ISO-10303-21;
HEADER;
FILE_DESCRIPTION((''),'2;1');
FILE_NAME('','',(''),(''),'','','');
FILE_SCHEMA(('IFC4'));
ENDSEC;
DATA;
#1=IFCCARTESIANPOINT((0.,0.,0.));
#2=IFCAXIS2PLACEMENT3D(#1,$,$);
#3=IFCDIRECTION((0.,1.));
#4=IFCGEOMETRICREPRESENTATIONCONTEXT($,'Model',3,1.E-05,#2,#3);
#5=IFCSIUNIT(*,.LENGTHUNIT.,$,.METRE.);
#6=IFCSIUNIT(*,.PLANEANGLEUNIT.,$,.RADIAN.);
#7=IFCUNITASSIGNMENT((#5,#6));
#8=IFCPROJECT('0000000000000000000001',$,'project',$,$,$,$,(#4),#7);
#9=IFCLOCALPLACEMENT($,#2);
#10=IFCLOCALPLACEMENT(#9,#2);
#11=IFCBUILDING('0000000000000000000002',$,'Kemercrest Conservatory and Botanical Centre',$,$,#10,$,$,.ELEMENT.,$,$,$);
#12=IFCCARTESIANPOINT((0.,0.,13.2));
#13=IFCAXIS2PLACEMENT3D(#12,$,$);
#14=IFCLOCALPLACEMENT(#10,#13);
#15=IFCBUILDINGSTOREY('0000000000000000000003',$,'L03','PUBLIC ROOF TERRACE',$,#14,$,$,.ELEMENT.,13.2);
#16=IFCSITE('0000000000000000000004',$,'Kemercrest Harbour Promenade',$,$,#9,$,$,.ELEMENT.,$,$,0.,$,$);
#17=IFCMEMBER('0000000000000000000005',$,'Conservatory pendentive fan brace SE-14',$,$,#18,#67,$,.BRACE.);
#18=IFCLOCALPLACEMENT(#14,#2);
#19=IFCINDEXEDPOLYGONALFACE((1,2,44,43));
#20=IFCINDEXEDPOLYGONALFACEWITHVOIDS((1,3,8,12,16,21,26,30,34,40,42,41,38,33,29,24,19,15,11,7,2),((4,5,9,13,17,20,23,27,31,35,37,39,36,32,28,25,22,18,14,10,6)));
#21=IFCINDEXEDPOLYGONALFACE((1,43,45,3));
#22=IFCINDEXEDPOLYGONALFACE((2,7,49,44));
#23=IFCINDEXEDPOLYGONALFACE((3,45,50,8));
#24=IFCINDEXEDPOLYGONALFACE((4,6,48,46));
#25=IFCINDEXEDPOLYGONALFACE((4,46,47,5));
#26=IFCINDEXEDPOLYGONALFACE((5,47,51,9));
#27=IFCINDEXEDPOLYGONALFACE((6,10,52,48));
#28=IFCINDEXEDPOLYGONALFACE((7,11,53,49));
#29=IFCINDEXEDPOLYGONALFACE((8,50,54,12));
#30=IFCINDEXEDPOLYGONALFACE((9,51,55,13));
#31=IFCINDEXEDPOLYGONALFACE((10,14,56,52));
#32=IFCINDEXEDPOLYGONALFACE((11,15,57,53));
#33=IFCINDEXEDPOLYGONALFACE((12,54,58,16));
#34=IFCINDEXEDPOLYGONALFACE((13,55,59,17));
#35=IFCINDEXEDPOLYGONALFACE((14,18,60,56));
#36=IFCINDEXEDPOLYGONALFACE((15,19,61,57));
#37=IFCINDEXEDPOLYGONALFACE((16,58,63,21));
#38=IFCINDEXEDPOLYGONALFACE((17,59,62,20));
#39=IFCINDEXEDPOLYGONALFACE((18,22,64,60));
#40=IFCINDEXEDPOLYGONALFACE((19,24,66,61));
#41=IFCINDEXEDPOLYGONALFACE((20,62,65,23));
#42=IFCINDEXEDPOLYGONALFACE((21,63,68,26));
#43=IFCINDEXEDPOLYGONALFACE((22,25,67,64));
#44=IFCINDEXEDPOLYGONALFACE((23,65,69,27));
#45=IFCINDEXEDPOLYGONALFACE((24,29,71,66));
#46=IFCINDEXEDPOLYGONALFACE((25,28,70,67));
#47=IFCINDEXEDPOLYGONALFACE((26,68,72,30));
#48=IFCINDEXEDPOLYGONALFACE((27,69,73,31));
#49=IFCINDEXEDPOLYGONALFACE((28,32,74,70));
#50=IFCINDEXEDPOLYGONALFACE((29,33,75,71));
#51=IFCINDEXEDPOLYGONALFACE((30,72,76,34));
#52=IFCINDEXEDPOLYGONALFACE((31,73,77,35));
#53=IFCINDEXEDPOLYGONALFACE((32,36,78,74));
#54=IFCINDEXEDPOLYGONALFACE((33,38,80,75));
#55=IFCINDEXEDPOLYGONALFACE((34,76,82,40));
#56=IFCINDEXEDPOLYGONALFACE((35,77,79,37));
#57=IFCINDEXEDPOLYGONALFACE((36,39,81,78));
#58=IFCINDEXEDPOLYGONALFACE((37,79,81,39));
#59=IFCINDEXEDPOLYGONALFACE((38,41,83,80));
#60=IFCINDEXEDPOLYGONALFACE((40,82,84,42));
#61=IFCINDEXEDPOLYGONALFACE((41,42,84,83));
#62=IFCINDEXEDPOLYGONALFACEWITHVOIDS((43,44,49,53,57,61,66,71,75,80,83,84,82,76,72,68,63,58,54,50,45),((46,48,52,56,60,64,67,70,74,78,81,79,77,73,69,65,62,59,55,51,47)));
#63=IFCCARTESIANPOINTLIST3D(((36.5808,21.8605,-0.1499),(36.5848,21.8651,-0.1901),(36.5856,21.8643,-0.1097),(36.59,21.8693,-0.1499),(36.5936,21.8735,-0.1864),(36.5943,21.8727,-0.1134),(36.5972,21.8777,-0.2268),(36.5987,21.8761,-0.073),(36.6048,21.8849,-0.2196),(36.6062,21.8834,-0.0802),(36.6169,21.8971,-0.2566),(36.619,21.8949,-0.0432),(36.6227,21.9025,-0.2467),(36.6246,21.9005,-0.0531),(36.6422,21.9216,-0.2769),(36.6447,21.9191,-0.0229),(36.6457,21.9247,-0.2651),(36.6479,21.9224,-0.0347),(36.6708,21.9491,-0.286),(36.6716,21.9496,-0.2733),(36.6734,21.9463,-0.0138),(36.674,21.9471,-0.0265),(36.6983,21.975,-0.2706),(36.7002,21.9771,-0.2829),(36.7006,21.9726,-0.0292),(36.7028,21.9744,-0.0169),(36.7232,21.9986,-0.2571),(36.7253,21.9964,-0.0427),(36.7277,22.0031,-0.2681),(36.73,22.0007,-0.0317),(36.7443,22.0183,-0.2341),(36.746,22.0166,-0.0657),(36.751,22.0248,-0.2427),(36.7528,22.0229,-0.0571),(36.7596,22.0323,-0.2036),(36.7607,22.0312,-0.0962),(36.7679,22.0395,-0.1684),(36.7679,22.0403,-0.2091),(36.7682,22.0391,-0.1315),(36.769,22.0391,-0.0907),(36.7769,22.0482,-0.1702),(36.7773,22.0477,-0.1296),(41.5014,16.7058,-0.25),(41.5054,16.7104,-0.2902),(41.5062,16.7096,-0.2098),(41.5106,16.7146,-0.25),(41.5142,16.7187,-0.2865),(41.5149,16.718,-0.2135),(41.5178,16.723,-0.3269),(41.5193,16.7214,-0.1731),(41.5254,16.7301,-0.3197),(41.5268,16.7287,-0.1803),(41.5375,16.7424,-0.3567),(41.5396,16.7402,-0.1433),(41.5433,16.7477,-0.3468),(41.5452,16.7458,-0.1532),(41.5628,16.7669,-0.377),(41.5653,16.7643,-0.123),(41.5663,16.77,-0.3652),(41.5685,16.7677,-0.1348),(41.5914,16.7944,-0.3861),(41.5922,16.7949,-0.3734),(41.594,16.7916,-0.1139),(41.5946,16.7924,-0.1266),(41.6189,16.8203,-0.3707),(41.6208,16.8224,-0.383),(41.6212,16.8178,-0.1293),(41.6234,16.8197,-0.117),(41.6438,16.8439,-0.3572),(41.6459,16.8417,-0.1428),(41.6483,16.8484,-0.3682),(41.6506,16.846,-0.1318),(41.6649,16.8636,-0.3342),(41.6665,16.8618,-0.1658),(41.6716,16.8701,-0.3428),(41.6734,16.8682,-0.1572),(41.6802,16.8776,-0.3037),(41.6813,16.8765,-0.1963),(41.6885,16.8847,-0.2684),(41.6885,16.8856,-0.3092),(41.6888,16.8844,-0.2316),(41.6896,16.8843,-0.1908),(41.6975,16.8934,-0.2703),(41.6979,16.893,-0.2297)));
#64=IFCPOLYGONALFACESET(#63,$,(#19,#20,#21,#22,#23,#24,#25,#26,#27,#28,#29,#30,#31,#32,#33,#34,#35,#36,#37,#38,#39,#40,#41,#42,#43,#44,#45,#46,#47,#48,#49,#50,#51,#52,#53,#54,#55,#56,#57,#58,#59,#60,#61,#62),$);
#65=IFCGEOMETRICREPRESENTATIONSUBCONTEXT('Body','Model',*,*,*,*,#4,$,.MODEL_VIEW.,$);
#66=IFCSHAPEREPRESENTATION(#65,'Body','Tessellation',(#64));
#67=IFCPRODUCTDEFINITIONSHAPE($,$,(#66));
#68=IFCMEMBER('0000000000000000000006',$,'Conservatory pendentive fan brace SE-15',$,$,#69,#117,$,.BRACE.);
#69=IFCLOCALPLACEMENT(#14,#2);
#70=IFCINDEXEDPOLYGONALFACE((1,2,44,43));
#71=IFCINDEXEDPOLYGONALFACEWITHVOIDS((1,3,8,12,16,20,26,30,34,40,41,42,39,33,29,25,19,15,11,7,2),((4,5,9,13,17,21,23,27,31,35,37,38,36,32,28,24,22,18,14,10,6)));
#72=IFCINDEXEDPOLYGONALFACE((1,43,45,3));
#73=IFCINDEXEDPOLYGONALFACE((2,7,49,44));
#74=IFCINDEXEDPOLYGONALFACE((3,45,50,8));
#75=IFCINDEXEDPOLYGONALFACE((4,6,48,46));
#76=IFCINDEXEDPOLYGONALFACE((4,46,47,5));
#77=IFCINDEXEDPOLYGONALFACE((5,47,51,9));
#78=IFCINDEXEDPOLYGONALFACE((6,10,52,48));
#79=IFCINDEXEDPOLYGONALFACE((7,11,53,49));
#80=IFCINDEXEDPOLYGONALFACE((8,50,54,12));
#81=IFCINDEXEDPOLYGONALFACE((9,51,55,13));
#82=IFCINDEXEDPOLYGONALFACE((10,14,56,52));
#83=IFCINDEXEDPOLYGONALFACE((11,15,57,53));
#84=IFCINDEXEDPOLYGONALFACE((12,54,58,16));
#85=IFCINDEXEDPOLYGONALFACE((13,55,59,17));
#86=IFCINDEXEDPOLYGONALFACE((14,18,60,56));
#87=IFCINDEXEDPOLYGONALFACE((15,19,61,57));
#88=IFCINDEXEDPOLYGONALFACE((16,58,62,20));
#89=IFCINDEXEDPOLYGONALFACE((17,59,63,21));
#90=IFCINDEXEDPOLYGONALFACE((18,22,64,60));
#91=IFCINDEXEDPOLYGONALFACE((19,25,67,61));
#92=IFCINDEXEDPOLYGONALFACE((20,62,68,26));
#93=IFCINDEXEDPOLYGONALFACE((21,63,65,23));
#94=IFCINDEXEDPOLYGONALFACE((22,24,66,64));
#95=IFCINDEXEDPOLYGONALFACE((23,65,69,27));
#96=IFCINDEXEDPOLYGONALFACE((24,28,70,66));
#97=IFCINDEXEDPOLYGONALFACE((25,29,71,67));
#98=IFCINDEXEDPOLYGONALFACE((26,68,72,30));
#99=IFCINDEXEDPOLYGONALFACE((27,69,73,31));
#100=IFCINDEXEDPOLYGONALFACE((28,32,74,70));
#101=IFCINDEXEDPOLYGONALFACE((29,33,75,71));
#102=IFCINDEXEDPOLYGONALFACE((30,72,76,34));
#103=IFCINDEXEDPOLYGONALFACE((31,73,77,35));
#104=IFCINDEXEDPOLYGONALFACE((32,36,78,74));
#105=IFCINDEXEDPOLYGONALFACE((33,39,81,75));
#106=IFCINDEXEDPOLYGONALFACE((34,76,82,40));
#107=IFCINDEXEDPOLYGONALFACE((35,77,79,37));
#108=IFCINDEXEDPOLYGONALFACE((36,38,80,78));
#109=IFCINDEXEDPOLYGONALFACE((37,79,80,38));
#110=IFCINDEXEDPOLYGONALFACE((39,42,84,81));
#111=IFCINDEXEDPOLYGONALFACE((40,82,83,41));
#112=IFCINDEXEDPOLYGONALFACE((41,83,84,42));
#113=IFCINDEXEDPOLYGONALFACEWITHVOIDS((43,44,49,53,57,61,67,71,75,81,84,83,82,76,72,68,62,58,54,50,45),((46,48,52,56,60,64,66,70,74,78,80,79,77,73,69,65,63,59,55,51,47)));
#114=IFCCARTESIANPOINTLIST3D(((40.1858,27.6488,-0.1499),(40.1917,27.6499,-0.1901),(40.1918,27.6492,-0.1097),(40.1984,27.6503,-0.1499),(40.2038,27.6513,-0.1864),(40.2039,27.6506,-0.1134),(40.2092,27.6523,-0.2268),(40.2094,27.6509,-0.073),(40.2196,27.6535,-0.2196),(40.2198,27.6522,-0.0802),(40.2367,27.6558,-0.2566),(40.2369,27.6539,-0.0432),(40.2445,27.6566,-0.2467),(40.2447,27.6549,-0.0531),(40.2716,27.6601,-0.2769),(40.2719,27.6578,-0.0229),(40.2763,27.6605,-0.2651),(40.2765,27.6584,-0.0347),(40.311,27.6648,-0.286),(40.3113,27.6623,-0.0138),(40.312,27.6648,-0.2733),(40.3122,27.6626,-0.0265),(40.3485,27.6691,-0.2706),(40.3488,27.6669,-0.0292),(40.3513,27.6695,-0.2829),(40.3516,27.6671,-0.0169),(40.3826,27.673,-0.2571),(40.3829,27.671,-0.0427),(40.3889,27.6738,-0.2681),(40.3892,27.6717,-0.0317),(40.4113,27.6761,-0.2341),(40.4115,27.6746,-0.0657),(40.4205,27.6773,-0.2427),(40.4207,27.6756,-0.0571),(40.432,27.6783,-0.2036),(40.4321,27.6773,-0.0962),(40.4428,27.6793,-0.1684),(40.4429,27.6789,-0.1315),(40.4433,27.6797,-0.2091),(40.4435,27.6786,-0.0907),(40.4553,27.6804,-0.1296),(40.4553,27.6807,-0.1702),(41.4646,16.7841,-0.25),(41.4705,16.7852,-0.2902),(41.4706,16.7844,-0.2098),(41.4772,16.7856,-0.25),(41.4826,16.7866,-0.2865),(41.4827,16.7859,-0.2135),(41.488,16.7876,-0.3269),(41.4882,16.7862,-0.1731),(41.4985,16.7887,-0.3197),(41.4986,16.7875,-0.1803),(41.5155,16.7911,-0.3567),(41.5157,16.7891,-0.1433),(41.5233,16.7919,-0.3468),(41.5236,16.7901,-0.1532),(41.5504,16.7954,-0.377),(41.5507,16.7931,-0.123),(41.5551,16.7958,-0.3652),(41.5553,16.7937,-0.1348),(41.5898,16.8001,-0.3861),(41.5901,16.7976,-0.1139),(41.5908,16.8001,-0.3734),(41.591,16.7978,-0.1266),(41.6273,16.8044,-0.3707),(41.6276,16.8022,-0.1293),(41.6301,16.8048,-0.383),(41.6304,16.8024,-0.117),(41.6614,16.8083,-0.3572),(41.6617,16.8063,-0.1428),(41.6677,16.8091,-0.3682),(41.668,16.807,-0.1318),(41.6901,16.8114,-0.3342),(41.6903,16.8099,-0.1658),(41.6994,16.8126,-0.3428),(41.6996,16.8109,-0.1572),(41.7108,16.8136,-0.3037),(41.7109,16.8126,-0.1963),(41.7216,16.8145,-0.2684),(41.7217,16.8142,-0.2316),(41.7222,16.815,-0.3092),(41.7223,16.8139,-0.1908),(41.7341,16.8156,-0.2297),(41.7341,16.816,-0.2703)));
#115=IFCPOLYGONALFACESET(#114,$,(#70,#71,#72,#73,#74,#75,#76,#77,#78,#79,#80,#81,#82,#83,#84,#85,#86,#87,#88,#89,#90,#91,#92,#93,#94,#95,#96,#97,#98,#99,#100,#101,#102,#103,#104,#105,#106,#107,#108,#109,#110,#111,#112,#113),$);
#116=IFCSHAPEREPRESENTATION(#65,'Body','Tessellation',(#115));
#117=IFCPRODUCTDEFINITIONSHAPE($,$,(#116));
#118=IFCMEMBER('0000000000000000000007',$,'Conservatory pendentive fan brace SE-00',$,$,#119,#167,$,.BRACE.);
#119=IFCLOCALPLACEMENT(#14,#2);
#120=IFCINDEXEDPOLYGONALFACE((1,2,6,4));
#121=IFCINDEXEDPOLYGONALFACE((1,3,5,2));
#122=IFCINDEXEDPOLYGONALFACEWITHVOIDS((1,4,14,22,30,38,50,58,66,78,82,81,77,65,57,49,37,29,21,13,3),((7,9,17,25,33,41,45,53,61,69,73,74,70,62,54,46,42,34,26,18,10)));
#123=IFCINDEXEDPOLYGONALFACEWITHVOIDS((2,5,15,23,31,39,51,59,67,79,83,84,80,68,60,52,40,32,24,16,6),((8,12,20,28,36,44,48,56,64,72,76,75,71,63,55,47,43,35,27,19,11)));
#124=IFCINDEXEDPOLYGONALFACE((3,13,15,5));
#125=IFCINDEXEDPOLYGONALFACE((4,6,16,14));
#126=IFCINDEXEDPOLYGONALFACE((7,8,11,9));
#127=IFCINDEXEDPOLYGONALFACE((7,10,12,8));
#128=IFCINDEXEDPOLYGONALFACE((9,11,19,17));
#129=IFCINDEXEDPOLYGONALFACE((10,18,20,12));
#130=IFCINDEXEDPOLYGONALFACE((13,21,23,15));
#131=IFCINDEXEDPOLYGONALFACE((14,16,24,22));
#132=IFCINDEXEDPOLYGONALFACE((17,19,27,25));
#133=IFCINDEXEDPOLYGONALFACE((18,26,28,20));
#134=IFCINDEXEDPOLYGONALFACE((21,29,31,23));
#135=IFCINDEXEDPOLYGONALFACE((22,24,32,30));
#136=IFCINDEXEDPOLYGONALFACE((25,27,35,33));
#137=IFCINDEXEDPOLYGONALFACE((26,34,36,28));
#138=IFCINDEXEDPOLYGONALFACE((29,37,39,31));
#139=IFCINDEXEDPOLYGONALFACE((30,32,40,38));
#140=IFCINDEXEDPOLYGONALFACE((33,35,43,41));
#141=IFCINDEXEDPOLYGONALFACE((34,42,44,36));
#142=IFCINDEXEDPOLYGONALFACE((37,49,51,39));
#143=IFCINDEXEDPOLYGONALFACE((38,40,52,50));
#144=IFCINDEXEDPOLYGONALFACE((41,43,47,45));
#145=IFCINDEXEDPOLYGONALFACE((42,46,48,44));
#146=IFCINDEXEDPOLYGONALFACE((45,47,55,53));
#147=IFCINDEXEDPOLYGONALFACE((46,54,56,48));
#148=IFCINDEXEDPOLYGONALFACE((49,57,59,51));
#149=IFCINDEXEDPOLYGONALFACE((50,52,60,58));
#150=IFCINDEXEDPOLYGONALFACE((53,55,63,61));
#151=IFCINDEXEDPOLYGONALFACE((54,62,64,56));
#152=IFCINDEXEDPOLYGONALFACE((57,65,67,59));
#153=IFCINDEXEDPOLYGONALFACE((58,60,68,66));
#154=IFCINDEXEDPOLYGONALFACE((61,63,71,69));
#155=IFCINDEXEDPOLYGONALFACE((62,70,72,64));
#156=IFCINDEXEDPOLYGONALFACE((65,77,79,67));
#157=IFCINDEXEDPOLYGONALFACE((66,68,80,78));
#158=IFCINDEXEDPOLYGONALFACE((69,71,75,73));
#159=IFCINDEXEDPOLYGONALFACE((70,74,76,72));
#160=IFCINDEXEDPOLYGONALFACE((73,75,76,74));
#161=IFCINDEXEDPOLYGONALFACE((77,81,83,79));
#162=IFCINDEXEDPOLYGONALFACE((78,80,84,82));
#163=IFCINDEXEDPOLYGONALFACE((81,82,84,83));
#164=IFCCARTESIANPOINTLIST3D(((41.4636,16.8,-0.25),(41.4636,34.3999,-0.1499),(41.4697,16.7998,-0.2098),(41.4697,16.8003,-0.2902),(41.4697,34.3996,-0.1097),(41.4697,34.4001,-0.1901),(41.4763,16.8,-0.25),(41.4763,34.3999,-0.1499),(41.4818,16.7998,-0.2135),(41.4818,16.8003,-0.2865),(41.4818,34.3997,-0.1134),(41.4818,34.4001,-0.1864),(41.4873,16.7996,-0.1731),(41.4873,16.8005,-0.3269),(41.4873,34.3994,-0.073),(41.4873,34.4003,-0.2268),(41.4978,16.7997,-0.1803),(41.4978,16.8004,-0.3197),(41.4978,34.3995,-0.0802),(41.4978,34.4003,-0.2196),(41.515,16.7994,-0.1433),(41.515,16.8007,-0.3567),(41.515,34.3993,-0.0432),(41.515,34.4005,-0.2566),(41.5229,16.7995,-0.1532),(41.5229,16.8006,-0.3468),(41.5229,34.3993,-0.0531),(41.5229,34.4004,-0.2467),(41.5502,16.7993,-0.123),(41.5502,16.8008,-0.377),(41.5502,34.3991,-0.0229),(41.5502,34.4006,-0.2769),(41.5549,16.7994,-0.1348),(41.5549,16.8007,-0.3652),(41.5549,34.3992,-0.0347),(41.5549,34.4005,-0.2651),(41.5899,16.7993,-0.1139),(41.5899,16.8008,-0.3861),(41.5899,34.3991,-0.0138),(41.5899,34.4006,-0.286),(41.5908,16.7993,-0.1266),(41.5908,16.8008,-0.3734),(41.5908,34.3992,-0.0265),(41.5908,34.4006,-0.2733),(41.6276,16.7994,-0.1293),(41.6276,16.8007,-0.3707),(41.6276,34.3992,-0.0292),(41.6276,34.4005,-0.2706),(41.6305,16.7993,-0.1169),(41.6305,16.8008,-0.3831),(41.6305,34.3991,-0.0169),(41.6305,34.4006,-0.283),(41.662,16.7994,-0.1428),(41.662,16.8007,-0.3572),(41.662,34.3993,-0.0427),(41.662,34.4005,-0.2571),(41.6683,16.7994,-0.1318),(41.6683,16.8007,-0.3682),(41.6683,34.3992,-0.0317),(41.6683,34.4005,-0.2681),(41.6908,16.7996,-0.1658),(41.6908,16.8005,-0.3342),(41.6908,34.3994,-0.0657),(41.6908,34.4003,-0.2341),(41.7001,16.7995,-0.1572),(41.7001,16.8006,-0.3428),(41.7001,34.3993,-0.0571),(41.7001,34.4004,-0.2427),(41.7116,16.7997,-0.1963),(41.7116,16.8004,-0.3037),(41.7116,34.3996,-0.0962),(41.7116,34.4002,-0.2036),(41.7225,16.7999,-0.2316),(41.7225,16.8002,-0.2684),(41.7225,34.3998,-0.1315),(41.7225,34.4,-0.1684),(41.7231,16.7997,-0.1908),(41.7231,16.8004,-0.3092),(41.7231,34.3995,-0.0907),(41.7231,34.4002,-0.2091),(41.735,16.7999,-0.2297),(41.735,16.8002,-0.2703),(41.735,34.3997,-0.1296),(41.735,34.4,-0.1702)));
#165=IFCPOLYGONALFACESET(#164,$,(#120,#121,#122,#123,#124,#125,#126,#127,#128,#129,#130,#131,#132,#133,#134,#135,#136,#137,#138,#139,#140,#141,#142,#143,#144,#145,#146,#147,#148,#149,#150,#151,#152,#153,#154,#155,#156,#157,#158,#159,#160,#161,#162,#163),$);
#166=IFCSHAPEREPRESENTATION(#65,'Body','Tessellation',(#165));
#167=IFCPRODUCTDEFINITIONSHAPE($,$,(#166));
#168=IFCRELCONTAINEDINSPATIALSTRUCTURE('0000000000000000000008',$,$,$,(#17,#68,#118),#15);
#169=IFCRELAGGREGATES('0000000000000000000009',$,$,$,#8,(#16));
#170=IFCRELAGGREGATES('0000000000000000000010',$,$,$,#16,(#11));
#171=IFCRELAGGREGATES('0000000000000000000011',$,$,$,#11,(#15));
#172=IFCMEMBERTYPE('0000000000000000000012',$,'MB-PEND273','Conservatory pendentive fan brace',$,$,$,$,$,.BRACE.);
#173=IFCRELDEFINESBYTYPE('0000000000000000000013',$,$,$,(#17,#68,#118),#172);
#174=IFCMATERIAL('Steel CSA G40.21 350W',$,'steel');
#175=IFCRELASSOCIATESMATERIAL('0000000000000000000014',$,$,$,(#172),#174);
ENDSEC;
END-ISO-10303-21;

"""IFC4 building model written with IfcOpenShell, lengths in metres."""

from ifc_helpers import new_model, si_unit, direction, frame, origin, origin_2d, place, context, subcontext, project, spatial, hollow_circle, extrude, material, material_profile, profile_set, type_object, element, save


model = new_model("IFC4")

# Units and contexts
model_context = context("Model", 3, precision=1e-05, world=origin(), true_north=direction((0.0, 1.0)))
body_context = subcontext(model_context, "Body", "Model", "MODEL_VIEW")
ifc_project = project(units=[si_unit("LENGTHUNIT", "METRE"), si_unit("PLANEANGLEUNIT", "RADIAN")], contexts=[model_context])

# Site, building, storey
site_placement = place(None, origin())
site = spatial("IfcSite", under=ifc_project, at=site_placement, Name="Kemercrest Harbour Promenade", CompositionType="ELEMENT", RefElevation=0.0)
building_placement = place(site_placement, origin())
building = spatial("IfcBuilding", under=site, at=building_placement, Name="Kemercrest Conservatory and Botanical Centre", CompositionType="ELEMENT")
storey_placement = place(building_placement, frame((0.0, 0.0, 13.2)))
storey = spatial("IfcBuildingStorey", under=building, at=storey_placement, Name="L03", Description="PUBLIC ROOF TERRACE", CompositionType="ELEMENT", Elevation=13.2)

# Shared definitions
ifc_material_1 = material(Name="Steel CSA G40.21 350W", Category="steel")

# Members
ifc_material_profile_1 = material_profile(ifc_material_1, hollow_circle(Radius=0.1365, WallThickness=0.0127, at=origin_2d()), Name="CHS 273.1x12.7")
ifc_profile_set_1 = profile_set([ifc_material_profile_1], Name="Steel CSA G40.21 350W")
member_type_1 = type_object("IfcMemberType", Name="MB-PEND273", Description="Conservatory pendentive fan brace", PredefinedType="BRACE", material=ifc_profile_set_1)
member_1_placement = place(storey_placement, frame((41.6001, 16.8, -0.25), z_axis=(-0.690421, 0.723272, 0.014045), x_axis=(-0.723343, -0.690489, 0.0)))
element("IfcMember", 1, at=member_1_placement, inside=storey, type_object=member_type_1, Name="Conservatory pendentive fan brace SE-14", PredefinedType="BRACE", context=body_context, shape_type="SweptSolid", body=[
    extrude(hollow_circle(Radius=0.1365, WallThickness=0.0127, at=origin_2d()), origin(), (0.0, 0.0, 1.0), 7.127),
])
member_2_placement = place(storey_placement, frame((41.6001, 16.8, -0.25), z_axis=(-0.116891, 0.993103, 0.00915), x_axis=(-0.993144, -0.116896, 0.0)))
element("IfcMember", 2, at=member_2_placement, inside=storey, type_object=member_type_1, Name="Conservatory pendentive fan brace SE-15", PredefinedType="BRACE", context=body_context, shape_type="SweptSolid", body=[
    extrude(hollow_circle(Radius=0.1365, WallThickness=0.0127, at=origin_2d()), origin(), (0.0, 0.0, 1.0), 10.9402),
])
member_3_placement = place(storey_placement, frame((41.6001, 16.8, -0.25), z_axis=(0.0, 0.999984, 0.005687), x_axis=(-1.0, 0.0, 0.0)))
element("IfcMember", 3, at=member_3_placement, inside=storey, type_object=member_type_1, Name="Conservatory pendentive fan brace SE-00", PredefinedType="BRACE", context=body_context, shape_type="SweptSolid", body=[
    extrude(hollow_circle(Radius=0.1365, WallThickness=0.0127, at=origin_2d()), origin(), (0.0, 0.0, 1.0), 17.6001),
])

save(model, "model.ifc")
